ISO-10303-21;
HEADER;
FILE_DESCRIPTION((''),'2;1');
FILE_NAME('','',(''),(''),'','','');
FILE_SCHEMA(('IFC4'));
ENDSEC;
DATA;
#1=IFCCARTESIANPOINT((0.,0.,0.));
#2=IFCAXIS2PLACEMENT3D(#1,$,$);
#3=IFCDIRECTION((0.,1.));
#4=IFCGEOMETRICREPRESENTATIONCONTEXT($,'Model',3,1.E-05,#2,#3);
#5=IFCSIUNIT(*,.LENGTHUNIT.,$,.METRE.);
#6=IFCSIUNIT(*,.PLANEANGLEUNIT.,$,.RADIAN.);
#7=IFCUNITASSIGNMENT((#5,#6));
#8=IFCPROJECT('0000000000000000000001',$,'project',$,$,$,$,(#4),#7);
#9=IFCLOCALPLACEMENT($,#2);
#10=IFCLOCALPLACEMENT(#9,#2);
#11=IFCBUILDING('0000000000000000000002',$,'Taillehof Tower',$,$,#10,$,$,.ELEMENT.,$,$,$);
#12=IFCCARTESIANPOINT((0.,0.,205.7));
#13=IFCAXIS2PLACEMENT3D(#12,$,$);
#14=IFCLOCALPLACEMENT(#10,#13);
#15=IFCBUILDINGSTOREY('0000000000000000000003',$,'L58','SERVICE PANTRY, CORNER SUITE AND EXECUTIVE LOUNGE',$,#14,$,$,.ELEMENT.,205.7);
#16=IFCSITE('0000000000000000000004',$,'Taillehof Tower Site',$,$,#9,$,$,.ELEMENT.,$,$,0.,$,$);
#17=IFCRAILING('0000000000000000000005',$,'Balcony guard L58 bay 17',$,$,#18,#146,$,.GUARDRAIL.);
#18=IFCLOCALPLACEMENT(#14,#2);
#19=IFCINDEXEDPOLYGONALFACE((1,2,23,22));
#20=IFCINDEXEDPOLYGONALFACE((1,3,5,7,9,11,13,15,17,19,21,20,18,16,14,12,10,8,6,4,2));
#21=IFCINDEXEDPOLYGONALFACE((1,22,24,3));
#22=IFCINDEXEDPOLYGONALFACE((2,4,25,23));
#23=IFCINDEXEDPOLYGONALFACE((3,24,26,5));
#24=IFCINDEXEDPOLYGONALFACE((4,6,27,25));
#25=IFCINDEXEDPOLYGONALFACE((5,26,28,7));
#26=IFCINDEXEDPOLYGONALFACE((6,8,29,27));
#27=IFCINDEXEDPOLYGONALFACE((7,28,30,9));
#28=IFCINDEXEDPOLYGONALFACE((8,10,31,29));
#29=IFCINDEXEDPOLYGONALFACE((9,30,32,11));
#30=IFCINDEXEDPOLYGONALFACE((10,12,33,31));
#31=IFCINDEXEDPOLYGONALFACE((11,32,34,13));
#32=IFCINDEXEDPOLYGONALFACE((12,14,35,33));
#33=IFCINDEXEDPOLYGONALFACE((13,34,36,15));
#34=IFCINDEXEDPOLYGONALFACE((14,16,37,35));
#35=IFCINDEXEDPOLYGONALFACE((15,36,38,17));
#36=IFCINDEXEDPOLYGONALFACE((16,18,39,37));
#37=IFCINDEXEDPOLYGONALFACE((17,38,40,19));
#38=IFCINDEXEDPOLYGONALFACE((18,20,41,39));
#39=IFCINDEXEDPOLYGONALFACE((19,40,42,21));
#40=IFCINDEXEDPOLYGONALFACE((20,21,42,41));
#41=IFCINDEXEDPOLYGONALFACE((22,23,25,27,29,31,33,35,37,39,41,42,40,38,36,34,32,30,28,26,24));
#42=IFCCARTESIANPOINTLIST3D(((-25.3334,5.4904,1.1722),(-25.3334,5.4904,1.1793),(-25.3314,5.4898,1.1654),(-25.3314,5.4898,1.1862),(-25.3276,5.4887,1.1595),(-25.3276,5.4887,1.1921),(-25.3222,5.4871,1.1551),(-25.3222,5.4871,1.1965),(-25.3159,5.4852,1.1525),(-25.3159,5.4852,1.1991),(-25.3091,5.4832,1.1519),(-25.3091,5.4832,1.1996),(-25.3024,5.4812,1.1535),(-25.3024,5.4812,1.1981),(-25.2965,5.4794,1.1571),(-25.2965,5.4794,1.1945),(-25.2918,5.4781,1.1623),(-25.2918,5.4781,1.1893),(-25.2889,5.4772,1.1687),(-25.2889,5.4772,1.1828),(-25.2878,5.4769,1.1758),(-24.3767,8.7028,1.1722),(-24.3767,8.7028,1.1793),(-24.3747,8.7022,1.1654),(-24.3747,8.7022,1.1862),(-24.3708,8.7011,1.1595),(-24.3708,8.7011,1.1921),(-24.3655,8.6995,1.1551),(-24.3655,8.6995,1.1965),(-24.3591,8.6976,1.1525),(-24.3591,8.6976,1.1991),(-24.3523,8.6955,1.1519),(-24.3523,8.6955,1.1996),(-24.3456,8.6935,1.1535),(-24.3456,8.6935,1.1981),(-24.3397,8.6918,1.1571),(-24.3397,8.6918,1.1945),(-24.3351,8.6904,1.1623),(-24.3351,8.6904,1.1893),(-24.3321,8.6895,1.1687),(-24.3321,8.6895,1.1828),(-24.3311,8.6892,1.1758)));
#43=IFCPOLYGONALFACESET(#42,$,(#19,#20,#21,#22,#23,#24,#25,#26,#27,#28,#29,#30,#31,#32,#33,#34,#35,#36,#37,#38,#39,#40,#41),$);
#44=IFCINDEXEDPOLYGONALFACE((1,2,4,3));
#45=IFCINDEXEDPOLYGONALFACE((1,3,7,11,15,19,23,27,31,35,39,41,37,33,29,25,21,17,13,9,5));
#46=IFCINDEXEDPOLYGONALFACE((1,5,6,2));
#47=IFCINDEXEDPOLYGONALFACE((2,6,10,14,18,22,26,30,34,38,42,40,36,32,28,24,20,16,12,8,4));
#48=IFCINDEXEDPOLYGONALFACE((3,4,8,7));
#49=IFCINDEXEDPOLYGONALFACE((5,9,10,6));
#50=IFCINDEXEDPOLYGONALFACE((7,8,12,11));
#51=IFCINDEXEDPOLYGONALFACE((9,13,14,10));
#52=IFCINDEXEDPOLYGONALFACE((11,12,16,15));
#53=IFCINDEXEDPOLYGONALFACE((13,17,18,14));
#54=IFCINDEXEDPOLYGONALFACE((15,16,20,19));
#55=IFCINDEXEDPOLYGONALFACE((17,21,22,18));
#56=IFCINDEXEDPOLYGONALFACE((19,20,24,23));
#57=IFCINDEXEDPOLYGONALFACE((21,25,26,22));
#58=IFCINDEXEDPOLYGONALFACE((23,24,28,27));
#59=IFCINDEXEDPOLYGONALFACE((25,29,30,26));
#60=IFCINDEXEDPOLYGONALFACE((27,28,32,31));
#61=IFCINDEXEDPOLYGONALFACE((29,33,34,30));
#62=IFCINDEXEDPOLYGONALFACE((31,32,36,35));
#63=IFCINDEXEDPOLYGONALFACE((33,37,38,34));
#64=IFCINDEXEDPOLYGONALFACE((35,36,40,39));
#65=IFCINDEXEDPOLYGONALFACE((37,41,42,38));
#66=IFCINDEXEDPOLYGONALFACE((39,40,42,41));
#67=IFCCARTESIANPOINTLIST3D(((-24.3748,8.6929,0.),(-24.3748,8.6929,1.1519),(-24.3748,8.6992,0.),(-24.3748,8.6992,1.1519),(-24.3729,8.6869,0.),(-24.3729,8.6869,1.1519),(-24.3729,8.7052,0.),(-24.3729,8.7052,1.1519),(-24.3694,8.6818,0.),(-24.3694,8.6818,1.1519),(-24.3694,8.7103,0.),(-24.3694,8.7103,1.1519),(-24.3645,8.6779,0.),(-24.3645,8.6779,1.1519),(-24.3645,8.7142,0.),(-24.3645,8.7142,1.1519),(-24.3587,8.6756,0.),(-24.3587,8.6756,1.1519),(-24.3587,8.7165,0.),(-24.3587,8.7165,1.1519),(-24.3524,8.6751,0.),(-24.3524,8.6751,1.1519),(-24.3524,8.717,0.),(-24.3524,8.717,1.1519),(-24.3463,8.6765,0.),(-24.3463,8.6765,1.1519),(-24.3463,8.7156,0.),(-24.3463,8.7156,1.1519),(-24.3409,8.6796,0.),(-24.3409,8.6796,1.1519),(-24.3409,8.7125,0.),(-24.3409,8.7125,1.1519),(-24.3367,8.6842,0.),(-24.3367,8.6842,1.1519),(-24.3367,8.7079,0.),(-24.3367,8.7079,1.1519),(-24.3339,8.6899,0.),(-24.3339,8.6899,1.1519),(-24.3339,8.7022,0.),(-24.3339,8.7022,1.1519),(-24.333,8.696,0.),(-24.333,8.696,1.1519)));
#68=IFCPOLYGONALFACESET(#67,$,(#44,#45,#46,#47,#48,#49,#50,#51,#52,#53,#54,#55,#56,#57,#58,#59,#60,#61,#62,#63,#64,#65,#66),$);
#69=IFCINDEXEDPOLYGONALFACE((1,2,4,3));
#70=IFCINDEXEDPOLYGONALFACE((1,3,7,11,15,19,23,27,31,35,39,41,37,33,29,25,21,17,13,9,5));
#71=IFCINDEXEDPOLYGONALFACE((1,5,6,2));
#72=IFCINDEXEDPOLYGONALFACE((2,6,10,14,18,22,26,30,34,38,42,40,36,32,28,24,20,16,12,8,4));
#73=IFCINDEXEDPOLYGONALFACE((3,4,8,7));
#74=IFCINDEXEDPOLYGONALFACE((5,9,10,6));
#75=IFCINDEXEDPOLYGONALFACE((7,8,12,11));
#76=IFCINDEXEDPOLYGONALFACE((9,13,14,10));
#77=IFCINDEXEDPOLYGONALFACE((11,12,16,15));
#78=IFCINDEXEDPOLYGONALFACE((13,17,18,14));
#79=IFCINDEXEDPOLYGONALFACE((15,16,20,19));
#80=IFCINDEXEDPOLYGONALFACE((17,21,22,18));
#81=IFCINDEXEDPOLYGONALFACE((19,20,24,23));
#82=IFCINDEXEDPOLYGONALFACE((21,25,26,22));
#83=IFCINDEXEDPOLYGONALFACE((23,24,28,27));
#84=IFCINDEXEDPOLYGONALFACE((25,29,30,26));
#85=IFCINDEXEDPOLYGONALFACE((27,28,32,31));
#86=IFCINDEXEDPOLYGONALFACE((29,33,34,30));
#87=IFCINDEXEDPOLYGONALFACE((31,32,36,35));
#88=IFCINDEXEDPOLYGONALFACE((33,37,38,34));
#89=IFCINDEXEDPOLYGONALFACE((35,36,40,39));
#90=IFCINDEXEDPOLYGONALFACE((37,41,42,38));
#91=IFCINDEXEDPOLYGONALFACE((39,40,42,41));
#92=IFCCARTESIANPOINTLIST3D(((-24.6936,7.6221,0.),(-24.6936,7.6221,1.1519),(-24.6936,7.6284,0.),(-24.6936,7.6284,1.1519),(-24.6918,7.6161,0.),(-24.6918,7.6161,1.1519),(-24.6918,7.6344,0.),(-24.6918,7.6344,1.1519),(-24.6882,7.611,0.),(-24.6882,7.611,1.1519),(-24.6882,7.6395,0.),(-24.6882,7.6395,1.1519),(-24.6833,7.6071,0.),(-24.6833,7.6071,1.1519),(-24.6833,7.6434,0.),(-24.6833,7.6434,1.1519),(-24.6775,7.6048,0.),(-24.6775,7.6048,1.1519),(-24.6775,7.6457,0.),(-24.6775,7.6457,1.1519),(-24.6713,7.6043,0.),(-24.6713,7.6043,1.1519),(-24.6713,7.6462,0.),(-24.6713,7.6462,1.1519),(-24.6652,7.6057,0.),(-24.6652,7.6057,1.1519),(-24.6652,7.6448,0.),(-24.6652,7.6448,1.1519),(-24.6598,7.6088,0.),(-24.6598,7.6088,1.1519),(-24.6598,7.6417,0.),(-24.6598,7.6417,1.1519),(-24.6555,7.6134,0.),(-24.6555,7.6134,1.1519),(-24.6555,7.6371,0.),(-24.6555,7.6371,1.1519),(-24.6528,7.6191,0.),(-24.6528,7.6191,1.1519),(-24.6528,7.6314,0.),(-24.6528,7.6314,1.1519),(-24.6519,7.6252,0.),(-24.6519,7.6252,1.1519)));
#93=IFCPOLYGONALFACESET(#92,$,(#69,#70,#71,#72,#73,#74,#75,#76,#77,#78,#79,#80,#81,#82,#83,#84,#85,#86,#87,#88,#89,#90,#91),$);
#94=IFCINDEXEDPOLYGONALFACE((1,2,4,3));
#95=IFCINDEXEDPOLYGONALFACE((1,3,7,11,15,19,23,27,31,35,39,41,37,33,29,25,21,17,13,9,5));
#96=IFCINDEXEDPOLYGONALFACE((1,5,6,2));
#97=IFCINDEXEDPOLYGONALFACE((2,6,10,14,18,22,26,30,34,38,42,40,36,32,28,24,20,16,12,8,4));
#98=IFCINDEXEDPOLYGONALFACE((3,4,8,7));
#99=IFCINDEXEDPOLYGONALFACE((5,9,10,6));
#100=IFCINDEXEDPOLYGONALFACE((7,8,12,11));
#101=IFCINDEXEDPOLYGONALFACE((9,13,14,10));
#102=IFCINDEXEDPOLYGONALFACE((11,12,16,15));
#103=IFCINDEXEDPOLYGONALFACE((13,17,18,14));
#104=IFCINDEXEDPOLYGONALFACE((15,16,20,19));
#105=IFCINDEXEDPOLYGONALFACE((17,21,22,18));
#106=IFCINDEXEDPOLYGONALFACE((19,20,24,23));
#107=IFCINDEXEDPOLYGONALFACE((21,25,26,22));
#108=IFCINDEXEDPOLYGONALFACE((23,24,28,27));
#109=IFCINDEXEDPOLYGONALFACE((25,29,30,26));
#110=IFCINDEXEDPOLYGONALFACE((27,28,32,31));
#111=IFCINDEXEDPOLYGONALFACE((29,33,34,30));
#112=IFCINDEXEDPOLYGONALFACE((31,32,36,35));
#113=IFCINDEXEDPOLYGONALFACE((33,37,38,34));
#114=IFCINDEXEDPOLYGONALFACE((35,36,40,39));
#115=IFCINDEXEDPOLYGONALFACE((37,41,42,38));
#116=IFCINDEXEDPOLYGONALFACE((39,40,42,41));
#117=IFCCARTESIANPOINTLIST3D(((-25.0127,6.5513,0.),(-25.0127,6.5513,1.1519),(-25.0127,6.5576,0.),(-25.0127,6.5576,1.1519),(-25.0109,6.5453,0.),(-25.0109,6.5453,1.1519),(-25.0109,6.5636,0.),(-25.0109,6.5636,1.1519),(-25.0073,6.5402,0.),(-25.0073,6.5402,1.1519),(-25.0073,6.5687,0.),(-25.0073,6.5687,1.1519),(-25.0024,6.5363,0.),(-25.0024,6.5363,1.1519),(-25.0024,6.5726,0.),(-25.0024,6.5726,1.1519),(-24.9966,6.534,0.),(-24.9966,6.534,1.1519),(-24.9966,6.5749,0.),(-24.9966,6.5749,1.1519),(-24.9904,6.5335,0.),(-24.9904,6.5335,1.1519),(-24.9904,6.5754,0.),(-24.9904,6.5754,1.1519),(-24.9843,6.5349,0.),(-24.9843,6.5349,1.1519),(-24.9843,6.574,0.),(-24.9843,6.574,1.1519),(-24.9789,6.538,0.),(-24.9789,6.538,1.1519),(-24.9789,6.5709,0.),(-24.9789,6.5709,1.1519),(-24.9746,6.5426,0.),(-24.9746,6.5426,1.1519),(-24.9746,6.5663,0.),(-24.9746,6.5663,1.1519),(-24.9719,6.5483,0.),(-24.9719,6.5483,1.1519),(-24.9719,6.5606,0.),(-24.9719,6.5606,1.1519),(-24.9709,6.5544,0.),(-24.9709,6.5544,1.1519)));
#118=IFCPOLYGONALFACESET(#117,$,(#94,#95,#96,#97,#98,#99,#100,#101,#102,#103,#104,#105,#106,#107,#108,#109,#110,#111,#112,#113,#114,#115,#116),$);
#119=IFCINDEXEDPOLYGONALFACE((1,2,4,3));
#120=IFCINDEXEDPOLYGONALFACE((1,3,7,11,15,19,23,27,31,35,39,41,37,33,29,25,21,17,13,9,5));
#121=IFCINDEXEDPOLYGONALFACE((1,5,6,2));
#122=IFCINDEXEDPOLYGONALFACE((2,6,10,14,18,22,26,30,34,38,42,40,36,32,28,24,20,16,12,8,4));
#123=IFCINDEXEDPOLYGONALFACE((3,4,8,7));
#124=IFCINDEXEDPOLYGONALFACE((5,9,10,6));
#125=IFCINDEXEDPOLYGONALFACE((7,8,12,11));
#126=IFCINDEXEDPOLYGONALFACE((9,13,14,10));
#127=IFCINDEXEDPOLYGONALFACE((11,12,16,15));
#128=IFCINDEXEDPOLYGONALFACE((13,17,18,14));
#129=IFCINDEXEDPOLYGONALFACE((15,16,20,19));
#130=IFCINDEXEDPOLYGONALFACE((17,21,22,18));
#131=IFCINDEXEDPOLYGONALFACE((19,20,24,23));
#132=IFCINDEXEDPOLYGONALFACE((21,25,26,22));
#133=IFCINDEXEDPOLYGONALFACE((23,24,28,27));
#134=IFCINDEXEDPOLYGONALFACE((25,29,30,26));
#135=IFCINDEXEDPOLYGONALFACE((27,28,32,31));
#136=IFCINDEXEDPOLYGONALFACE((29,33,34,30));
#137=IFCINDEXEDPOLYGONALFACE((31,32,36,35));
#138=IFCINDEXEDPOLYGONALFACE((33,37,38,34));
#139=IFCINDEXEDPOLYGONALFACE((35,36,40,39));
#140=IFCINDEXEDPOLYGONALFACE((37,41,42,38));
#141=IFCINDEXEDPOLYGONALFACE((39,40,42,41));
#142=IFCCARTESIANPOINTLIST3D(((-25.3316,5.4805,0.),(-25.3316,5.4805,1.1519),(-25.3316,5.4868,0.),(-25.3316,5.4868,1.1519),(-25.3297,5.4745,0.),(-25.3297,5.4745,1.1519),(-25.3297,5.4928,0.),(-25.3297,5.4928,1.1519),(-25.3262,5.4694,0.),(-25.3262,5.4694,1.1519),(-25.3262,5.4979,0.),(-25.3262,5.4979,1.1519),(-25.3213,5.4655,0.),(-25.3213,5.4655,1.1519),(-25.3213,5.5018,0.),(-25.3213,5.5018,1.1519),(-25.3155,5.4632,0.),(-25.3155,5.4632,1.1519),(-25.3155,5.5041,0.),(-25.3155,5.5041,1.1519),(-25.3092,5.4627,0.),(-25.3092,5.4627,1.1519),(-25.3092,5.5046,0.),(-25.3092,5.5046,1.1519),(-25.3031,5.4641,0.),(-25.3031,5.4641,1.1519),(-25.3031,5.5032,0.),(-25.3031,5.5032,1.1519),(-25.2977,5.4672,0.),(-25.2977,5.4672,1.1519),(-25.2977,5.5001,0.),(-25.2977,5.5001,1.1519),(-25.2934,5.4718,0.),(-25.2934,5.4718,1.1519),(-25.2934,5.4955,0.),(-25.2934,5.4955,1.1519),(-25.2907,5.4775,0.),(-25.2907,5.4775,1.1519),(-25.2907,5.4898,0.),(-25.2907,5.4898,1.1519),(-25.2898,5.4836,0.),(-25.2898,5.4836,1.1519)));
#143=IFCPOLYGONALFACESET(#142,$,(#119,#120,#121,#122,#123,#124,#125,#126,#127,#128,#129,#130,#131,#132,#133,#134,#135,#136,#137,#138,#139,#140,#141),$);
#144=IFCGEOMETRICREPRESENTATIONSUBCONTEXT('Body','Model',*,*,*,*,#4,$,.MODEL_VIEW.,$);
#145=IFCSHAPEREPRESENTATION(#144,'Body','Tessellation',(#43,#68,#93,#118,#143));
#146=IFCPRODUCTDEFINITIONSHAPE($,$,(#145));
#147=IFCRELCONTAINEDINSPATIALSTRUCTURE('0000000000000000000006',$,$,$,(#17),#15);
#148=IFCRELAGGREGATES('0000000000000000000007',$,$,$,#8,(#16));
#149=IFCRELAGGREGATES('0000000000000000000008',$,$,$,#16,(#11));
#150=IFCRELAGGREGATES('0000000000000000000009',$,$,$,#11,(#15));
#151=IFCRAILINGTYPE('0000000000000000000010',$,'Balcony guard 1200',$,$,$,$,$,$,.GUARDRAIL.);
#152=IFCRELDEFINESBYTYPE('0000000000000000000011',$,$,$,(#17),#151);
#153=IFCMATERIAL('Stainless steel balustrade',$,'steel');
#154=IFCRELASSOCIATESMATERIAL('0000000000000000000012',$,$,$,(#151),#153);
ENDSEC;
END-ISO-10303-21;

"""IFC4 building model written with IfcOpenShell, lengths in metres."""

from ifc_helpers import new_model, si_unit, direction, frame, origin, origin_2d, place, context, subcontext, project, spatial, circle, extrude, material, type_object, element, save


model = new_model("IFC4")

# Units and contexts
model_context = context("Model", 3, precision=1e-05, world=origin(), true_north=direction((0.0, 1.0)))
body_context = subcontext(model_context, "Body", "Model", "MODEL_VIEW")
ifc_project = project(units=[si_unit("LENGTHUNIT", "METRE"), si_unit("PLANEANGLEUNIT", "RADIAN")], contexts=[model_context])

# Site, building, storey
site_placement = place(None, origin())
site = spatial("IfcSite", under=ifc_project, at=site_placement, Name="Taillehof Tower Site", CompositionType="ELEMENT", RefElevation=0.0)
building_placement = place(site_placement, origin())
building = spatial("IfcBuilding", under=site, at=building_placement, Name="Taillehof Tower", CompositionType="ELEMENT")
storey_placement = place(building_placement, frame((0.0, 0.0, 205.7)))
storey = spatial("IfcBuildingStorey", under=building, at=storey_placement, Name="L58", Description="SERVICE PANTRY, CORNER SUITE AND EXECUTIVE LOUNGE", CompositionType="ELEMENT", Elevation=205.7)

# Railing
ifc_material_1 = material(Name="Stainless steel balustrade", Category="steel")
railing_type_1 = type_object("IfcRailingType", Name="Balcony guard 1200", PredefinedType="GUARDRAIL", material=ifc_material_1)
railing_1_placement = place(storey_placement, frame((-24.354, 8.696, 0.0)))
element("IfcRailing", 1, at=railing_1_placement, inside=storey, type_object=railing_type_1, Name="Balcony guard L58 bay 17", PredefinedType="GUARDRAIL", context=body_context, shape_type="SweptSolid", body=[
    extrude(circle(Radius=0.0239, at=origin_2d()), frame((0.0, 0.0, 1.1758), z_axis=(-0.28545, -0.958394, 0.0), x_axis=(0.958394, -0.28545, 0.0)), (0.0, 0.0, 1.0), 3.3518),
    extrude(circle(Radius=0.021, at=origin_2d()), origin(), (0.0, 0.0, 1.0), 1.1519),
    extrude(circle(Radius=0.021, at=origin_2d()), frame((-0.3188, -1.0708, 0.0)), (0.0, 0.0, 1.0), 1.1519),
    extrude(circle(Radius=0.021, at=origin_2d()), frame((-0.6379, -2.1416, 0.0)), (0.0, 0.0, 1.0), 1.1519),
    extrude(circle(Radius=0.021, at=origin_2d()), frame((-0.9568, -3.2124, 0.0)), (0.0, 0.0, 1.0), 1.1519),
])

save(model, "model.ifc")
